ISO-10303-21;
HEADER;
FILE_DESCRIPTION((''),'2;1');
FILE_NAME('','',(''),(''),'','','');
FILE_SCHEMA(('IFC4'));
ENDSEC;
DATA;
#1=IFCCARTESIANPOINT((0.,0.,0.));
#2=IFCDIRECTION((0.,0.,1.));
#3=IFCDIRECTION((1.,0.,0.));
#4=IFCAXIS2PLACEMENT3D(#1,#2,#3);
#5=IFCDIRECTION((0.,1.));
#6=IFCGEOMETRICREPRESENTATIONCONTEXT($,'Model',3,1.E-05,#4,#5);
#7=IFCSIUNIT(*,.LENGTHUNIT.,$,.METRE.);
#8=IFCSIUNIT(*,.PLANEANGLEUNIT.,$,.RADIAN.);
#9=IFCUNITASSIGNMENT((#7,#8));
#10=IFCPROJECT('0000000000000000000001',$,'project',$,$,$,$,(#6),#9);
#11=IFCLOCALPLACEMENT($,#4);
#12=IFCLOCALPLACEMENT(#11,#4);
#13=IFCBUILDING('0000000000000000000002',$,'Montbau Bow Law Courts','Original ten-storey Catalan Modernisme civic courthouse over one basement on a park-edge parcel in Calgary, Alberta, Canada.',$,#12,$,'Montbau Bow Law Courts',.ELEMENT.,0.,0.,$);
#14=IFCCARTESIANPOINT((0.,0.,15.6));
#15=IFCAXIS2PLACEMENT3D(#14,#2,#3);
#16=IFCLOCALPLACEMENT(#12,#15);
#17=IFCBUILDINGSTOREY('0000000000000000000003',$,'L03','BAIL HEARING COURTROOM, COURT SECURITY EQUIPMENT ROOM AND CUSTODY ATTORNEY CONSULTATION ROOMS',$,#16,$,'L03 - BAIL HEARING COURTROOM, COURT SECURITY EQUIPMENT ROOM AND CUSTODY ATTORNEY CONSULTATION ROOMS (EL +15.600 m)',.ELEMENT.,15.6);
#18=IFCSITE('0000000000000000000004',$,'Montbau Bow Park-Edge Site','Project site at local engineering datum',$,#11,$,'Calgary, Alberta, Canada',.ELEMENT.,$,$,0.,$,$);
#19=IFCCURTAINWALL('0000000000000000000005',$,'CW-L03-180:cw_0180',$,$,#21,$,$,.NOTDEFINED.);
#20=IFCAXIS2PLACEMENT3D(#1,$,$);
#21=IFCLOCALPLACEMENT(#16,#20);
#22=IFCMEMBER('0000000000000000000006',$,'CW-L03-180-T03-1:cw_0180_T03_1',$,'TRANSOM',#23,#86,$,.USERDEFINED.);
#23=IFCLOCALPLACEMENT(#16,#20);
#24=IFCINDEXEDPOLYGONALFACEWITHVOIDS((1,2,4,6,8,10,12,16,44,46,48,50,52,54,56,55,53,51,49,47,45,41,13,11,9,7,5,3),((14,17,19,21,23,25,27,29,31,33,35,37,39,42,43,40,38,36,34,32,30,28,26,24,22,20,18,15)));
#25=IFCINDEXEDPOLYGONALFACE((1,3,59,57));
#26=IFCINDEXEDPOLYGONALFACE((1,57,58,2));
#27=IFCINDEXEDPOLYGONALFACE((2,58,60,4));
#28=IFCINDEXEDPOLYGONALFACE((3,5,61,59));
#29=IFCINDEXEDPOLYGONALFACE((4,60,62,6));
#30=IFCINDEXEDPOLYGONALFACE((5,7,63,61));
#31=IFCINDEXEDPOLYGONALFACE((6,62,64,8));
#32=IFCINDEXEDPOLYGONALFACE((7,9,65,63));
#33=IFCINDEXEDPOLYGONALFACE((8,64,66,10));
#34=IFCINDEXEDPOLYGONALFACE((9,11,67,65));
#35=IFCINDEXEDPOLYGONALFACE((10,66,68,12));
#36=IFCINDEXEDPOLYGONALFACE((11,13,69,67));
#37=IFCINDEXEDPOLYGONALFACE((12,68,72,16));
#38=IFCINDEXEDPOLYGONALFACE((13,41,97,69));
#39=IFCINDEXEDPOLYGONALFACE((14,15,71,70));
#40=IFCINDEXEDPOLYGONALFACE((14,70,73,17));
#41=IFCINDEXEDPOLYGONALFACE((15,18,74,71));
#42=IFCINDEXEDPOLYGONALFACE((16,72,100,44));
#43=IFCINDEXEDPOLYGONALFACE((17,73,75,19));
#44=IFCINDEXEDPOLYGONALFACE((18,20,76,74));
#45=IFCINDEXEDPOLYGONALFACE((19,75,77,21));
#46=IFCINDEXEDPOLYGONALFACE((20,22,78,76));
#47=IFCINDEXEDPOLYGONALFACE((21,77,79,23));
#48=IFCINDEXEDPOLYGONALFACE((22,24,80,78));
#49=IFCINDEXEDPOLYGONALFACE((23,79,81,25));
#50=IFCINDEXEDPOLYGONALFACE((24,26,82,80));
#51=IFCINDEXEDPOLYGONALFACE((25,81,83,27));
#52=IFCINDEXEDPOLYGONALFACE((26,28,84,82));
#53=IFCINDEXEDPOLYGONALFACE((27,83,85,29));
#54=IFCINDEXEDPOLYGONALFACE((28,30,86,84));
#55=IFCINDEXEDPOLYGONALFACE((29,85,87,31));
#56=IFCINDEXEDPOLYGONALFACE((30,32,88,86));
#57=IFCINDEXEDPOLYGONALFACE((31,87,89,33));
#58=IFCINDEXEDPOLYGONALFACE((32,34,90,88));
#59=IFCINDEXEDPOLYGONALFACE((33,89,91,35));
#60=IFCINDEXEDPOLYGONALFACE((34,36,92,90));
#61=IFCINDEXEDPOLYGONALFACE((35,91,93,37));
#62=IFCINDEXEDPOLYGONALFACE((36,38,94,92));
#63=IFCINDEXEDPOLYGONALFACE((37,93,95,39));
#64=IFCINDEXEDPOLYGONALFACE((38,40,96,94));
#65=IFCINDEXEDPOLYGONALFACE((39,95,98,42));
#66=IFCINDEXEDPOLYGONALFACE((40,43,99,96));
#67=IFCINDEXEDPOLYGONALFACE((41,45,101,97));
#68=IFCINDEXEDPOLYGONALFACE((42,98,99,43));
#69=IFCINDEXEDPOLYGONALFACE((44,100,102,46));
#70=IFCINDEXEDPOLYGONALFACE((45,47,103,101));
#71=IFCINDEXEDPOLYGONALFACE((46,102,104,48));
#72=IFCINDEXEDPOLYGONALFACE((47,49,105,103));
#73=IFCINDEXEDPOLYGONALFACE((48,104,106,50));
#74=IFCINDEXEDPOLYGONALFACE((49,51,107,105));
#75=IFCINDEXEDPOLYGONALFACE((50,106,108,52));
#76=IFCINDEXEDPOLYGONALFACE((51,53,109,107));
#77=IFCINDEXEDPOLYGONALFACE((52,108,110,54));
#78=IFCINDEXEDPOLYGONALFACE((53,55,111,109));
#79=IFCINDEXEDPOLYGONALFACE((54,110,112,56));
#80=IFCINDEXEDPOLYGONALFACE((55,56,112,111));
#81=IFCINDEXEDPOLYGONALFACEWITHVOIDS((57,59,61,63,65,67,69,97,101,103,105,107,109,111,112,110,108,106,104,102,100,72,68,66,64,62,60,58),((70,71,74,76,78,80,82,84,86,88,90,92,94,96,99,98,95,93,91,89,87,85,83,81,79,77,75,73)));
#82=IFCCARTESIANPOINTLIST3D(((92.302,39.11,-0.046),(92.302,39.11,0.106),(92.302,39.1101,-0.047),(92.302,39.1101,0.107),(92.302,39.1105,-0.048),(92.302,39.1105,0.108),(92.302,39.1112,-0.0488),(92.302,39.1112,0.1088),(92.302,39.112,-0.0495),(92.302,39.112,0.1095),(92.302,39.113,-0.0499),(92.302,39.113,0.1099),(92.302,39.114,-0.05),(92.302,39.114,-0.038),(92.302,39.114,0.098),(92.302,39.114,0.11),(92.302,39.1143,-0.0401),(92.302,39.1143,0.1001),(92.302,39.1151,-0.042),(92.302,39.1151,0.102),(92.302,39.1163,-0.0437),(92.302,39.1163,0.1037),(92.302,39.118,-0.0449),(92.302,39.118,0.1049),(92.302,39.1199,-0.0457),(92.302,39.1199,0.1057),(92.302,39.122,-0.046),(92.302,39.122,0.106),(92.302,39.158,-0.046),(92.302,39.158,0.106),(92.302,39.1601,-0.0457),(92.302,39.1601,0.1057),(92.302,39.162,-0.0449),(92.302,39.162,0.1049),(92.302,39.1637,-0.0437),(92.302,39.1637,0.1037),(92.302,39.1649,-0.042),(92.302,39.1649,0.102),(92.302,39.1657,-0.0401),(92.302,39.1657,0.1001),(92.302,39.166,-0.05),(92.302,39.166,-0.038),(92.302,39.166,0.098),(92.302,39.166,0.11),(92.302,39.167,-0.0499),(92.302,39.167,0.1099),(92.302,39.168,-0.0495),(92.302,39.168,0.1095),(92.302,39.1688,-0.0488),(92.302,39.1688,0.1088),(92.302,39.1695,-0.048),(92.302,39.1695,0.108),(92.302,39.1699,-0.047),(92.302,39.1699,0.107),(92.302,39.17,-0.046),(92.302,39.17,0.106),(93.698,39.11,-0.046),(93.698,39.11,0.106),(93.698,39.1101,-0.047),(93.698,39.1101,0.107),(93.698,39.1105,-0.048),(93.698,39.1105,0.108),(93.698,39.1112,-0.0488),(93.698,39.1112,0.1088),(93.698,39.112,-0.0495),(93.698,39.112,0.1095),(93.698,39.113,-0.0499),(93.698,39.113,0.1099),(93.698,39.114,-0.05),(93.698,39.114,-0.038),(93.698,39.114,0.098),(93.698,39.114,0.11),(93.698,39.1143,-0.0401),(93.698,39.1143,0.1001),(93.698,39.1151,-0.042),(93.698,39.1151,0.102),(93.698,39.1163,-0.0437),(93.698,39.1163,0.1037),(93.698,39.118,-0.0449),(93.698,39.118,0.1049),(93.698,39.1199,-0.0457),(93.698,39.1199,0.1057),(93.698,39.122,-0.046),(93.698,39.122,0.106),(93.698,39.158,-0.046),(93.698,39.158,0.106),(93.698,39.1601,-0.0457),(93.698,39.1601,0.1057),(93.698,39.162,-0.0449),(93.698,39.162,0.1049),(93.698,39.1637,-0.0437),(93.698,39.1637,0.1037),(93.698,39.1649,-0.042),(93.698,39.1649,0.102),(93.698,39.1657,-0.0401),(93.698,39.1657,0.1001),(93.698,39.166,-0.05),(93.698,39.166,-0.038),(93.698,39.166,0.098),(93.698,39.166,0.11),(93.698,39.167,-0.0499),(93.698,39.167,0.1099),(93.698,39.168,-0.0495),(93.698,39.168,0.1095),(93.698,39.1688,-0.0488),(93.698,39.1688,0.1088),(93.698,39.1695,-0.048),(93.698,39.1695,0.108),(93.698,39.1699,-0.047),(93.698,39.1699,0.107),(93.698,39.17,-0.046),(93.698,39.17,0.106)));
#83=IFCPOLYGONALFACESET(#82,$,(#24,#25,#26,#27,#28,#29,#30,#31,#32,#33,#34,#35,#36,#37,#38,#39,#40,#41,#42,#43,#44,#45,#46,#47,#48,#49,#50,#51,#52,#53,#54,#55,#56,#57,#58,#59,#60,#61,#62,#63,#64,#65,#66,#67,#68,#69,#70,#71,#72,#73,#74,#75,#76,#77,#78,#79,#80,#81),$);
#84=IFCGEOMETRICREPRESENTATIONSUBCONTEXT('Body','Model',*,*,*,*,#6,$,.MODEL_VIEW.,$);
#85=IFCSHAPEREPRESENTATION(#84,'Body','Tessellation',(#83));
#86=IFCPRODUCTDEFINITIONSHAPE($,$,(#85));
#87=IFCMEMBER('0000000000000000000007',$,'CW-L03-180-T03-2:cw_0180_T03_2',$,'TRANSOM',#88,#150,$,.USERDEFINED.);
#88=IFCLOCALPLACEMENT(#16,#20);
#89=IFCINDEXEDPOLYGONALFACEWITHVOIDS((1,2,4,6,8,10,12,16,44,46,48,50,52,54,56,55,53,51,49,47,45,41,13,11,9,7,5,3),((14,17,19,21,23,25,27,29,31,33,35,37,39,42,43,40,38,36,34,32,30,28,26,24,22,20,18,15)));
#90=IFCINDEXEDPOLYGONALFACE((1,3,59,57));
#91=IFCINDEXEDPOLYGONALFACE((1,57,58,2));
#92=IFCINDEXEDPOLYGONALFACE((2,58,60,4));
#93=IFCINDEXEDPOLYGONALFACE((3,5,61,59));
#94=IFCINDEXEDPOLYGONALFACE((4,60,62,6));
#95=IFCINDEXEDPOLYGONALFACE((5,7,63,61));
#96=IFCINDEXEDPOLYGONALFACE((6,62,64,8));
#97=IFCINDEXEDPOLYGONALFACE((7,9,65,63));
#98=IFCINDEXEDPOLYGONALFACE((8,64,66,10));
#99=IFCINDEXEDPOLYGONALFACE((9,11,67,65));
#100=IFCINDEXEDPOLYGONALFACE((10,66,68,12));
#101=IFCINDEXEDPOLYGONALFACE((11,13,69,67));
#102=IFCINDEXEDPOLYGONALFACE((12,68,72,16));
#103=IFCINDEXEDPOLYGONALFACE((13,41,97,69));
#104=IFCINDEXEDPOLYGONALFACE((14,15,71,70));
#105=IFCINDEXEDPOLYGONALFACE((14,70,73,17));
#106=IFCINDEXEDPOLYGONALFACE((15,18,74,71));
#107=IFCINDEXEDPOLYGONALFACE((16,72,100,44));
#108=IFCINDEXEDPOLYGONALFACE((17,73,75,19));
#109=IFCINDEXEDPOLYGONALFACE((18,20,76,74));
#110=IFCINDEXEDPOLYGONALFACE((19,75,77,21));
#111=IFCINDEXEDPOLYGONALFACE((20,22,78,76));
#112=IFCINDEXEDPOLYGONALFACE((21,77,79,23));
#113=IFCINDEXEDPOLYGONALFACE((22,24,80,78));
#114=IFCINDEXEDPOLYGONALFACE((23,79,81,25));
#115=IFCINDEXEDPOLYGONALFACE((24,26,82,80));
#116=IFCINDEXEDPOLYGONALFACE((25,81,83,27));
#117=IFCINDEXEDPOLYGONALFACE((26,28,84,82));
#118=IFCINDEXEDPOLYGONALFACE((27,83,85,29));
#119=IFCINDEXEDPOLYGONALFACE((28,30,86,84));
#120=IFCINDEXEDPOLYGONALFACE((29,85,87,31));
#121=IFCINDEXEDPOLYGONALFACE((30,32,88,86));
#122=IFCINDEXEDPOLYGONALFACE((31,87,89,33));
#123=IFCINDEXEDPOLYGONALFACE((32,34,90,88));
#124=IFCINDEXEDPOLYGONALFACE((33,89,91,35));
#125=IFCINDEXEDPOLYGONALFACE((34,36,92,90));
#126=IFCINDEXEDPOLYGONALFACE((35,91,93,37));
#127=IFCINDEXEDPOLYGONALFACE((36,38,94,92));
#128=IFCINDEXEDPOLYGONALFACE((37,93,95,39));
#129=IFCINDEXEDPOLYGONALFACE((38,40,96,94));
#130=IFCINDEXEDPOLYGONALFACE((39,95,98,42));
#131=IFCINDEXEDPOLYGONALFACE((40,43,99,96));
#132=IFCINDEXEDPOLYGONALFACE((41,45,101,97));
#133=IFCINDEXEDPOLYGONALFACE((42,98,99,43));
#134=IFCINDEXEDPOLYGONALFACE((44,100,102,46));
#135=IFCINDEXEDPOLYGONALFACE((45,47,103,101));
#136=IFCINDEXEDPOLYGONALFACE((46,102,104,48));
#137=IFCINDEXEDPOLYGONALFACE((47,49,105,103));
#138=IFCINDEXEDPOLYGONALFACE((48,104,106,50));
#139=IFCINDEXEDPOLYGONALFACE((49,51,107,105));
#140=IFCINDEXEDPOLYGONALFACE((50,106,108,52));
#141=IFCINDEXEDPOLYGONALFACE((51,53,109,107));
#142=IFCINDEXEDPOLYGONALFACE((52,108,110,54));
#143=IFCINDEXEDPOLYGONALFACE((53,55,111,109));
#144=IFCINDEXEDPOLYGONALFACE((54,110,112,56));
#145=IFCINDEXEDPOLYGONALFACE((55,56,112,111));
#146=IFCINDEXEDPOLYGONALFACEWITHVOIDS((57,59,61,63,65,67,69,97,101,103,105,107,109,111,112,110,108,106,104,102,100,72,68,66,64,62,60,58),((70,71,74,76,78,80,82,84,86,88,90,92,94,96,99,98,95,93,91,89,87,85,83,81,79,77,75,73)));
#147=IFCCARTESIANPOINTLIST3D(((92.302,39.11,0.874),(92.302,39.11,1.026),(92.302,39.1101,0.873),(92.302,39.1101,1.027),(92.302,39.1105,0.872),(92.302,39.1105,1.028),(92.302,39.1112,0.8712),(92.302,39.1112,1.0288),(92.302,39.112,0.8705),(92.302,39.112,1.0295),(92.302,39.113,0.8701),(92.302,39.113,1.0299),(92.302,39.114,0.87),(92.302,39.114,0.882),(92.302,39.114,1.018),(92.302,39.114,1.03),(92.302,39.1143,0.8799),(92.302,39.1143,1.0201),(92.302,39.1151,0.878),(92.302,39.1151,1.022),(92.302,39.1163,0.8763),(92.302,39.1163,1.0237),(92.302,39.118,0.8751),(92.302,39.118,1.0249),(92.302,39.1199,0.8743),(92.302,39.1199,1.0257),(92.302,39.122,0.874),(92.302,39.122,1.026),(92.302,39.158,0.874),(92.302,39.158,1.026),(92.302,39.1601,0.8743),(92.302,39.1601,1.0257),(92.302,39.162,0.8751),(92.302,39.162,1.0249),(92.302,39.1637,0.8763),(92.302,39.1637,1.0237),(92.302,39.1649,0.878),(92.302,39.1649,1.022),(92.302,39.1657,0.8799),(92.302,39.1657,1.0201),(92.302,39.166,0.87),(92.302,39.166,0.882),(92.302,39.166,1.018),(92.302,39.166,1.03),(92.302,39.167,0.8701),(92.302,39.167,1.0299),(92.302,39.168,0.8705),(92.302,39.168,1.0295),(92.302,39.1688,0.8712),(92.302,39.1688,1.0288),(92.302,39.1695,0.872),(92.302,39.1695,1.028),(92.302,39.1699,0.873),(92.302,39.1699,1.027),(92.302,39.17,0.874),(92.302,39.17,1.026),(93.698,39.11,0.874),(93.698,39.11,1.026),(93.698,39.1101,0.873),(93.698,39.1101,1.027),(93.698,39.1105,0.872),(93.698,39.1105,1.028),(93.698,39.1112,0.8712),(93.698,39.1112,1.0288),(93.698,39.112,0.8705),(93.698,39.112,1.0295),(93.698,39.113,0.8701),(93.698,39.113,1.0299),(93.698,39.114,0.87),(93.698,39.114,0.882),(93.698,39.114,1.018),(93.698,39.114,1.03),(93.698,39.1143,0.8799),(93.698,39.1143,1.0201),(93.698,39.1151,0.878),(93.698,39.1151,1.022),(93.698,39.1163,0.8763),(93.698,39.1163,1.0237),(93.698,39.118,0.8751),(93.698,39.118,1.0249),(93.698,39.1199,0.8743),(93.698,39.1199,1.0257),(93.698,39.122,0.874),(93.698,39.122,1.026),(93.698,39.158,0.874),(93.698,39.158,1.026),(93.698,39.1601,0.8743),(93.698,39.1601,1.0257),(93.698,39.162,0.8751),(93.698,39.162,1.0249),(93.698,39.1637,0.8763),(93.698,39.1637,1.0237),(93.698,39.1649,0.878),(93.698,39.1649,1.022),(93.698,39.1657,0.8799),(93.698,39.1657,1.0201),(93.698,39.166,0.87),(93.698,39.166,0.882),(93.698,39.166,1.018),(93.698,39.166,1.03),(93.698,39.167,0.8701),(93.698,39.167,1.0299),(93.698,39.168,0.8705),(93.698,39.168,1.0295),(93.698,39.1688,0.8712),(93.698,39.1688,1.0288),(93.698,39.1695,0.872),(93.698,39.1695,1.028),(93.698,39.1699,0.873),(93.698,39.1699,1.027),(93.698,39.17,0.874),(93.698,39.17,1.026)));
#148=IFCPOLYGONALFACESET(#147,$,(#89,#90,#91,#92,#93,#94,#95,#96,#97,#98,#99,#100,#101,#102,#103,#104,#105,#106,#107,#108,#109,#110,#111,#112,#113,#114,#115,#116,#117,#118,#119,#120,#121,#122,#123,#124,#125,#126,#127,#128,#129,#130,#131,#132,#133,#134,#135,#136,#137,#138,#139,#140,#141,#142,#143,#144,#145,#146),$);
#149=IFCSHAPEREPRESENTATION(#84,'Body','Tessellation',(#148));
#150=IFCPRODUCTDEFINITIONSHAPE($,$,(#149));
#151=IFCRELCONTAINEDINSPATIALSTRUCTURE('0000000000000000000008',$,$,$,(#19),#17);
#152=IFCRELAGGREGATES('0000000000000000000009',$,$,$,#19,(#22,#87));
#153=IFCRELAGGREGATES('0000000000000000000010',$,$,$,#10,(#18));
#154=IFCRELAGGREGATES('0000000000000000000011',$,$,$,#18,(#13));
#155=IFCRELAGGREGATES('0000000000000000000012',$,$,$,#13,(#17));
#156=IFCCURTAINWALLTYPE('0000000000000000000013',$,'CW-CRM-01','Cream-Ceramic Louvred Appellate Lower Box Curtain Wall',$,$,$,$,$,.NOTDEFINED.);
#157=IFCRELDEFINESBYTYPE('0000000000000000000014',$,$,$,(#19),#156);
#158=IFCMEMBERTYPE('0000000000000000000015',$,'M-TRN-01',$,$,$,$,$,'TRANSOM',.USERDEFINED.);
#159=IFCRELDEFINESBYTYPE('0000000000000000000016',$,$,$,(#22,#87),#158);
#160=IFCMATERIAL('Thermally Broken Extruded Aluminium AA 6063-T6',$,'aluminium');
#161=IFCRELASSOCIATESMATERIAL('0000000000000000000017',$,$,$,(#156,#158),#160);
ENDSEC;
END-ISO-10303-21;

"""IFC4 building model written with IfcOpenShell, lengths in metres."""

from ifc_helpers import new_model, si_unit, direction, frame, origin_with_axes, origin_2d_with_axis, place, context, subcontext, project, spatial, hollow_rectangle, extrude, material, material_profile, profile_set, type_object, element, aggregate, save


model = new_model("IFC4")

# Units and contexts
model_context = context("Model", 3, precision=1e-05, world=origin_with_axes(), true_north=direction((0.0, 1.0)))
body_context = subcontext(model_context, "Body", "Model", "MODEL_VIEW")
ifc_project = project(units=[si_unit("LENGTHUNIT", "METRE"), si_unit("PLANEANGLEUNIT", "RADIAN")], contexts=[model_context])

# Site, building, storey
site_placement = place(None, origin_with_axes())
site = spatial("IfcSite", under=ifc_project, at=site_placement, Name="Montbau Bow Park-Edge Site", Description="Project site at local engineering datum", LongName="Calgary, Alberta, Canada", CompositionType="ELEMENT", RefElevation=0.0)
building_placement = place(site_placement, origin_with_axes())
building = spatial("IfcBuilding", under=site, at=building_placement, Name="Montbau Bow Law Courts", Description="Original ten-storey Catalan Modernisme civic courthouse over one basement on a park-edge parcel in Calgary, Alberta, Canada.", LongName="Montbau Bow Law Courts", CompositionType="ELEMENT", ElevationOfRefHeight=0.0, ElevationOfTerrain=0.0)
storey_placement = place(building_placement, frame((0.0, 0.0, 15.6), z_axis=(0.0, 0.0, 1.0), x_axis=(1.0, 0.0, 0.0)))
storey = spatial("IfcBuildingStorey", under=building, at=storey_placement, Name="L03", Description="BAIL HEARING COURTROOM, COURT SECURITY EQUIPMENT ROOM AND CUSTODY ATTORNEY CONSULTATION ROOMS", LongName="L03 - BAIL HEARING COURTROOM, COURT SECURITY EQUIPMENT ROOM AND CUSTODY ATTORNEY CONSULTATION ROOMS (EL +15.600 m)", CompositionType="ELEMENT", Elevation=15.6)

# Curtain wall, members
ifc_material_1 = material(Name="Thermally Broken Extruded Aluminium AA 6063-T6", Category="aluminium")
curtain_wall_type = type_object("IfcCurtainWallType", Name="CW-CRM-01", Description="Cream-Ceramic Louvred Appellate Lower Box Curtain Wall", PredefinedType="NOTDEFINED", material=ifc_material_1)
curtain_wall_placement = place(None, frame((89.315, 39.14, 15.6), z_axis=(0.0, 0.0, 1.0), x_axis=(1.0, 0.0, 0.0)))
curtain_wall = element("IfcCurtainWall", 1, at=curtain_wall_placement, inside=storey, type_object=curtain_wall_type, Name="CW-L03-180:cw_0180", PredefinedType="NOTDEFINED")
ifc_material_profile_1 = material_profile(ifc_material_1, hollow_rectangle(XDim=0.06, YDim=0.16, WallThickness=0.004, InnerFilletRadius=0.008, OuterFilletRadius=0.004, at=origin_2d_with_axis()), Name="CWT-160X60", Category="Main", Priority=0)
ifc_profile_set_1 = profile_set([ifc_material_profile_1], Name="Thermally Broken Extruded Aluminium AA 6063-T6")
member_type_1 = type_object("IfcMemberType", Name="M-TRN-01", ElementType="TRANSOM", PredefinedType="USERDEFINED", material=ifc_profile_set_1)
member_1_placement = place(None, frame((92.302, 39.14, 15.63), z_axis=(1.0, 0.0, 0.0), x_axis=(0.0, 1.0, 0.0)))
member_1 = element("IfcMember", 2, at=member_1_placement, type_object=member_type_1, Name="CW-L03-180-T03-1:cw_0180_T03_1", ObjectType="TRANSOM", PredefinedType="USERDEFINED", context=body_context, shape_type="SweptSolid", body=[
    extrude(hollow_rectangle(XDim=0.06, YDim=0.16, WallThickness=0.004, InnerFilletRadius=0.008, OuterFilletRadius=0.004, at=origin_2d_with_axis()), origin_with_axes(), (0.0, 0.0, 1.0), 1.396),
])
member_2_placement = place(None, frame((92.302, 39.14, 16.55), z_axis=(1.0, 0.0, 0.0), x_axis=(0.0, 1.0, 0.0)))
member_2 = element("IfcMember", 3, at=member_2_placement, type_object=member_type_1, Name="CW-L03-180-T03-2:cw_0180_T03_2", ObjectType="TRANSOM", PredefinedType="USERDEFINED", context=body_context, shape_type="SweptSolid", body=[
    extrude(hollow_rectangle(XDim=0.06, YDim=0.16, WallThickness=0.004, InnerFilletRadius=0.008, OuterFilletRadius=0.004, at=origin_2d_with_axis()), origin_with_axes(), (0.0, 0.0, 1.0), 1.396),
])
aggregate(curtain_wall, [member_1, member_2])

save(model, "model.ifc")
